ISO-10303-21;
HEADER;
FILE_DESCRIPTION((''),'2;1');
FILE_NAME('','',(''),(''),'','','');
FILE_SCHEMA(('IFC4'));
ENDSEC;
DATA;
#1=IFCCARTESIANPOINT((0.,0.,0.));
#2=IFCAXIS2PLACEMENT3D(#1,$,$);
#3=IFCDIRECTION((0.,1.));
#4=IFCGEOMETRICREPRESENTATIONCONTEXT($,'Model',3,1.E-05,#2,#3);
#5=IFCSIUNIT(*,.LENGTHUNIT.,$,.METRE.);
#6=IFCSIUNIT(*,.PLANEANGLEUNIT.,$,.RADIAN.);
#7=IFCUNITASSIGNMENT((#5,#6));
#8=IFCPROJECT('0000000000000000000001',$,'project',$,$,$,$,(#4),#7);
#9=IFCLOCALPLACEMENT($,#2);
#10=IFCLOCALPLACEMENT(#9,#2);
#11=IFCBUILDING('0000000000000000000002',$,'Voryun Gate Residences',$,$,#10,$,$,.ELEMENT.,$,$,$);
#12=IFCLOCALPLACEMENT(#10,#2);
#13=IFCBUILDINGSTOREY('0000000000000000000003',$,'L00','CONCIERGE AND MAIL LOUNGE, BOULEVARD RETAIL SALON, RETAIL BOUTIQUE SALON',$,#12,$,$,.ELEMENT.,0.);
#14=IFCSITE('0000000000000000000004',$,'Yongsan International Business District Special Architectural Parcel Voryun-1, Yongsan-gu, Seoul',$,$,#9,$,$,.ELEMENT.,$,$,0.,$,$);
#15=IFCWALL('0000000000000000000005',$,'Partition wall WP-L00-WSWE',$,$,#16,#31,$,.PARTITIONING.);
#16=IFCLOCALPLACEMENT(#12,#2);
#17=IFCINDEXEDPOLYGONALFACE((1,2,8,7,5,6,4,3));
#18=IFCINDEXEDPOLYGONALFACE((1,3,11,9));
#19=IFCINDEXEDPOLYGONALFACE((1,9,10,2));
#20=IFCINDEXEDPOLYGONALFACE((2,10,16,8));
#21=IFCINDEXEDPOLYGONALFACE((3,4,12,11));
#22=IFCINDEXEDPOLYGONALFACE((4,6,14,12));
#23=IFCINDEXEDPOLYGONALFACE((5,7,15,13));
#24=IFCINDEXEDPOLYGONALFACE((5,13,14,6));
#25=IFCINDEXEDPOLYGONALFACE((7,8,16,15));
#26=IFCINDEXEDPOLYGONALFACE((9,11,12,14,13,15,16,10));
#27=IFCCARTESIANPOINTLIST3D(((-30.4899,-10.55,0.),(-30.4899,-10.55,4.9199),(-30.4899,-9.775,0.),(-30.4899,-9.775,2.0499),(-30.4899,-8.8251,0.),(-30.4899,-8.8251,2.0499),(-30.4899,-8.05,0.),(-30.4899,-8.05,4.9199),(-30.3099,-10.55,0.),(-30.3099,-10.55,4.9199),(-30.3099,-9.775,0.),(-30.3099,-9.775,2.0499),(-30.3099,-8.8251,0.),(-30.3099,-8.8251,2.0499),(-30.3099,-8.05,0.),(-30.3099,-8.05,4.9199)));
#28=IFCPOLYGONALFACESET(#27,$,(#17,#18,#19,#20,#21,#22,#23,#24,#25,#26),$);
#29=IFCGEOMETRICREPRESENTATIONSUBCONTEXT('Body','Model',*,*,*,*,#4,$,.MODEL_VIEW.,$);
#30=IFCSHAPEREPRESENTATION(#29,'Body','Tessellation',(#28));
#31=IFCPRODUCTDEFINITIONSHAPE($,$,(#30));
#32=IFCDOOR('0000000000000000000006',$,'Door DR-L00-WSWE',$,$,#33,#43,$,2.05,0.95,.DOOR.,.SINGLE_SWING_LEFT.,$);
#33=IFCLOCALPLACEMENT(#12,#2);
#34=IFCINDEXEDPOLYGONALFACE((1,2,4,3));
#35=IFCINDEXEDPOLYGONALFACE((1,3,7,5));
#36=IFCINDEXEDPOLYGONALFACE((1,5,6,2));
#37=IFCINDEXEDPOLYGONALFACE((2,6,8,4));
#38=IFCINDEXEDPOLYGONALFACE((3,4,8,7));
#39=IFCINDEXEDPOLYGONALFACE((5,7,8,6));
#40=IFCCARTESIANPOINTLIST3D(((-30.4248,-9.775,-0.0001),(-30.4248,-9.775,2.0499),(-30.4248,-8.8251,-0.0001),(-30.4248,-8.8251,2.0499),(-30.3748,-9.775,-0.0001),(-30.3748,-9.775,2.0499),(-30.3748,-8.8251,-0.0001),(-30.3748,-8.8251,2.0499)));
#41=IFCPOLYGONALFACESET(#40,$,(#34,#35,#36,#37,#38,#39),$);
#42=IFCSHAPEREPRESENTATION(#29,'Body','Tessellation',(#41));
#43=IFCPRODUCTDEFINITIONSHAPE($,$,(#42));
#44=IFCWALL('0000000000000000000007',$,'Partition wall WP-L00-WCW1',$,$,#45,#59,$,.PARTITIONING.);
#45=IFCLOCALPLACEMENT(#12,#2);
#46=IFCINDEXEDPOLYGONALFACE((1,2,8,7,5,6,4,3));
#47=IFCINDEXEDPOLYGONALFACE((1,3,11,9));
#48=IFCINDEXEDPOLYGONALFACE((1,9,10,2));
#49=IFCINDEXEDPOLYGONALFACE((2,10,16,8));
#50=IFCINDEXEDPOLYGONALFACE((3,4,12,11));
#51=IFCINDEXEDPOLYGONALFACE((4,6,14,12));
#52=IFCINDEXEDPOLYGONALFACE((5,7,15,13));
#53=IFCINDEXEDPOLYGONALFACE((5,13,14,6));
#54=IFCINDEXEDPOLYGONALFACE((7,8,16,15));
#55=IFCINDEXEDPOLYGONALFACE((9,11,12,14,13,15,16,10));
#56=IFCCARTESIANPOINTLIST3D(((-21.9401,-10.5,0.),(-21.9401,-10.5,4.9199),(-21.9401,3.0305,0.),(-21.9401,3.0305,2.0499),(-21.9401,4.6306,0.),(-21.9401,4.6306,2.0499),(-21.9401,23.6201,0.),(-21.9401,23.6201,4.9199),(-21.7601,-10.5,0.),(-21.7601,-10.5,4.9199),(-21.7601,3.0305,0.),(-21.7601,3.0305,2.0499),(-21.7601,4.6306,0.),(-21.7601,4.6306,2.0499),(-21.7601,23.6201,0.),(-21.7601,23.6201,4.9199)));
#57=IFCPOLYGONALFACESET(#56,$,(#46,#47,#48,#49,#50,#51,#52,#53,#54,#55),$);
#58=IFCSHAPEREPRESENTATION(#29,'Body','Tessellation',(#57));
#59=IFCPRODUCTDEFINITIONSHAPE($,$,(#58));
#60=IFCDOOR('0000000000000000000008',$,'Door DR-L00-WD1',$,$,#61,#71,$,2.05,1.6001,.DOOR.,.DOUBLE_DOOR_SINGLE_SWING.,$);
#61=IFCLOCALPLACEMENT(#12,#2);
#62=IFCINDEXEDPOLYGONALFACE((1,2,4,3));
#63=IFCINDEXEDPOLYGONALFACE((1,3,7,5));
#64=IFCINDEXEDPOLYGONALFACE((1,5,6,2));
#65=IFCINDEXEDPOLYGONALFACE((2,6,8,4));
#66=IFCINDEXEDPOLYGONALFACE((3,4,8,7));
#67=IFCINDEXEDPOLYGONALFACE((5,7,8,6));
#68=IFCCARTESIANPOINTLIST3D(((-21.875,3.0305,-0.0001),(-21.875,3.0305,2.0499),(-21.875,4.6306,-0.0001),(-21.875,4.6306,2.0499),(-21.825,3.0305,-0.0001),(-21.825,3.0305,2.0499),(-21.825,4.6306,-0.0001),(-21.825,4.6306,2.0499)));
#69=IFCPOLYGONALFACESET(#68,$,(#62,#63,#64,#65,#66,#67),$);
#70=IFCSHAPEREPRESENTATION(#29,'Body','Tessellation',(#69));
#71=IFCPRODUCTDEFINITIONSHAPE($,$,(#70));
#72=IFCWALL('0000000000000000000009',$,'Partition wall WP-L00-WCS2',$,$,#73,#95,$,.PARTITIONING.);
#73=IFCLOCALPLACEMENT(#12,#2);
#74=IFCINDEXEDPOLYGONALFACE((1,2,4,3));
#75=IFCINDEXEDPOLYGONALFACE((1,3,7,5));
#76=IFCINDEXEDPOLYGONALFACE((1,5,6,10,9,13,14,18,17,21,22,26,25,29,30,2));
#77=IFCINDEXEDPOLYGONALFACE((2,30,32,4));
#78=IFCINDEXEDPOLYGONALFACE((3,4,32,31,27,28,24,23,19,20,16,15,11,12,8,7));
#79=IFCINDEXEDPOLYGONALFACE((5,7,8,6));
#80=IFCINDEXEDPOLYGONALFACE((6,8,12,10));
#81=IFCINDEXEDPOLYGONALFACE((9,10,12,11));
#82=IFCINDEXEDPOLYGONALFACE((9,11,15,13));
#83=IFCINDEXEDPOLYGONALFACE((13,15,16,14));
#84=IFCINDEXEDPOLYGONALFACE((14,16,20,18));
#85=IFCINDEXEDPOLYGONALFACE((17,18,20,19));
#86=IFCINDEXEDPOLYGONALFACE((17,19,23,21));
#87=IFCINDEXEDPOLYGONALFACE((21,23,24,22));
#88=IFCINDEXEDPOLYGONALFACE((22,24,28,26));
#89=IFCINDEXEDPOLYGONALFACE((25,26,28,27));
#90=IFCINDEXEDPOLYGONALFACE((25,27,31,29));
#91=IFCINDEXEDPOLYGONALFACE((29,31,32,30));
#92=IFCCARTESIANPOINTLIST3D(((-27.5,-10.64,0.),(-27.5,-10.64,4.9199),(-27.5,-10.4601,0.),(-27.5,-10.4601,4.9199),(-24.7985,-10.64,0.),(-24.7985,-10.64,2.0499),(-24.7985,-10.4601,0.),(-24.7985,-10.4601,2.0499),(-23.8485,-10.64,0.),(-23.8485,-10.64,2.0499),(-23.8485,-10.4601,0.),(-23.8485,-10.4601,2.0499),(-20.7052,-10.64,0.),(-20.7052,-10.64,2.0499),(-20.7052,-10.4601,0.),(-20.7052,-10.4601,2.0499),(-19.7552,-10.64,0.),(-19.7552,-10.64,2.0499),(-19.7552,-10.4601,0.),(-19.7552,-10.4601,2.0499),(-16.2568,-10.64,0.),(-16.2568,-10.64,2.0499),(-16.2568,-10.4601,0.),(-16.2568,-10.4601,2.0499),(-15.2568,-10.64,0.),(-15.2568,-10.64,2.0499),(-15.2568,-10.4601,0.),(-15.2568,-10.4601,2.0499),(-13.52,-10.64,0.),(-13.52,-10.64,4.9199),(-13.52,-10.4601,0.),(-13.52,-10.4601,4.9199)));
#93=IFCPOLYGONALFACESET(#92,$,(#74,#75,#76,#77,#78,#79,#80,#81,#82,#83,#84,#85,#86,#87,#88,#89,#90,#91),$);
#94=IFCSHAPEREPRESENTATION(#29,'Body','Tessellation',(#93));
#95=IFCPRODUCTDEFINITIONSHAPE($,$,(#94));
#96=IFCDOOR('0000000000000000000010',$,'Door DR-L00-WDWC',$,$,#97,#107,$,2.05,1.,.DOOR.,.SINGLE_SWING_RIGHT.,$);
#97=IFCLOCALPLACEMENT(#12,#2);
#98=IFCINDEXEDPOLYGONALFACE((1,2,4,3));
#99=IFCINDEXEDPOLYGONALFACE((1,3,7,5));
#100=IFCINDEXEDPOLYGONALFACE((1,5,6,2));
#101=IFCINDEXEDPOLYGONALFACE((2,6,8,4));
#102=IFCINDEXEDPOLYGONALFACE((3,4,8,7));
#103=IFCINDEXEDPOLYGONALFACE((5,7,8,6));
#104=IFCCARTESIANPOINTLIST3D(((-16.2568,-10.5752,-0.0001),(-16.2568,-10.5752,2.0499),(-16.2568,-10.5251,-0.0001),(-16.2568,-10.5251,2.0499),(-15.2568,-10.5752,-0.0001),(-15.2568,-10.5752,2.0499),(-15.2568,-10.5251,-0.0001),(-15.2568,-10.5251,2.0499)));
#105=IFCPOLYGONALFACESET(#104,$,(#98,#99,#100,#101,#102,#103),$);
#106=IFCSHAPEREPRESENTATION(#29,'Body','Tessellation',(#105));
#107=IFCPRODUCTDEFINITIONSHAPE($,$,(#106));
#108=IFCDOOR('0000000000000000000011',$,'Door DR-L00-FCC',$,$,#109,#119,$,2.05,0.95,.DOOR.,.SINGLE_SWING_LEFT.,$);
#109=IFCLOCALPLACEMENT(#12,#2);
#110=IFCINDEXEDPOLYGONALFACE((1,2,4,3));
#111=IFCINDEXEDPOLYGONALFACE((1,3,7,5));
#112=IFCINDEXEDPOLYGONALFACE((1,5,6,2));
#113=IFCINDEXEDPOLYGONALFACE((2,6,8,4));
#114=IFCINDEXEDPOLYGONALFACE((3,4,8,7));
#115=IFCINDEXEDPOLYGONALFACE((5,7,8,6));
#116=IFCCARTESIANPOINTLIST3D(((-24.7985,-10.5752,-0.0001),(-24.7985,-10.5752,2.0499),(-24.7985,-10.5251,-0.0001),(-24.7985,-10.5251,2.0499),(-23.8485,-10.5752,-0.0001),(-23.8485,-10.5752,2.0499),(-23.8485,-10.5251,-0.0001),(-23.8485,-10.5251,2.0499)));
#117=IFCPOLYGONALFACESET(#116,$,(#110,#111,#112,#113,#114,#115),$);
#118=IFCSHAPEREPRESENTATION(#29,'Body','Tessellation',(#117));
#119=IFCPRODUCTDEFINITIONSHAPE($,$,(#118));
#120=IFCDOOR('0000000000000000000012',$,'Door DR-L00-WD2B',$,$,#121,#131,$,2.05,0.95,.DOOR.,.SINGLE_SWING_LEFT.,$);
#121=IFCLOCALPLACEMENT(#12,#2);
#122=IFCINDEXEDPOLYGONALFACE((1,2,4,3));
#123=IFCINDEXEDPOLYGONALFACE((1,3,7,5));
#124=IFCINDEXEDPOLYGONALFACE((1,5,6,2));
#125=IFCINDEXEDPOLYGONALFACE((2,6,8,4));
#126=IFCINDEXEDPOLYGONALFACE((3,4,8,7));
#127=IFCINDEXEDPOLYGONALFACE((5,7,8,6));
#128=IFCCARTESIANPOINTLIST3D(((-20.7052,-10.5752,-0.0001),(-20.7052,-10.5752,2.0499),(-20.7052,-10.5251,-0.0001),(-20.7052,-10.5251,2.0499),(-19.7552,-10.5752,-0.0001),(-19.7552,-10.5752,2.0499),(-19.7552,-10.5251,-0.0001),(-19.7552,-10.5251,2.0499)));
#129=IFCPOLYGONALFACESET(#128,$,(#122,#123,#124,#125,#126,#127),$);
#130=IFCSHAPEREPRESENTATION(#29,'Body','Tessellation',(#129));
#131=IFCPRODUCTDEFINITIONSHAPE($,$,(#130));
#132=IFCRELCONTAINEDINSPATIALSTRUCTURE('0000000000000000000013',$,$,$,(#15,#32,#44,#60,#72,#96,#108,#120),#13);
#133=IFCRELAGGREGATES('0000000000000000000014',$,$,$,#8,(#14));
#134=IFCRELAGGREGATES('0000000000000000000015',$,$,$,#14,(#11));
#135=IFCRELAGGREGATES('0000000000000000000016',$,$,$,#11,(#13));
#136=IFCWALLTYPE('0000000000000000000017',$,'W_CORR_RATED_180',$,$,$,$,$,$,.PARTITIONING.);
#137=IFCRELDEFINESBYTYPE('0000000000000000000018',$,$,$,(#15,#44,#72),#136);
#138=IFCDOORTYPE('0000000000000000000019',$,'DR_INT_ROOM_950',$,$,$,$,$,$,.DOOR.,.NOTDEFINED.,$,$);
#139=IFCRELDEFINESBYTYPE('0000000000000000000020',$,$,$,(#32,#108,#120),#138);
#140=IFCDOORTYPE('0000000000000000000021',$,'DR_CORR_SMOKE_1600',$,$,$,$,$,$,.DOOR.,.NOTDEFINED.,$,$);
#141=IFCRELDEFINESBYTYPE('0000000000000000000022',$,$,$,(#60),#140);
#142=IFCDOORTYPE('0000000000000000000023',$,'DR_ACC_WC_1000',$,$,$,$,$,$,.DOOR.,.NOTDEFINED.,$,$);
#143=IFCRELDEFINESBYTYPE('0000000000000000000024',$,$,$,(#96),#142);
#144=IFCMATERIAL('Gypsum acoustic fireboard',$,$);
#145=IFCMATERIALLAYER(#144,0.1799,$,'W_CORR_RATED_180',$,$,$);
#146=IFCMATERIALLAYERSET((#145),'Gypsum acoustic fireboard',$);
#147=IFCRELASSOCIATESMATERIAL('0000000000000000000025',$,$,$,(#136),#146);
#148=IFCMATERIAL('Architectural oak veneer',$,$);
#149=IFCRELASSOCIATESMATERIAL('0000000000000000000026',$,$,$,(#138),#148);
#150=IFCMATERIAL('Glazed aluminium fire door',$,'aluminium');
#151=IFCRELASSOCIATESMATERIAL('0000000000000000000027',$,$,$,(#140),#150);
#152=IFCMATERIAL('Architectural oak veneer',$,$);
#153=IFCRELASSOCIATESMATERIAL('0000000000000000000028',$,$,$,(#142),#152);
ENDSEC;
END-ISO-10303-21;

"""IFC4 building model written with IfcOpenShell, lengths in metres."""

from ifc_helpers import new_model, si_unit, direction, frame, frame_2d, origin, place, context, subcontext, project, spatial, rectangle, extrude, material, layer, layer_set, type_object, element, fill, save


model = new_model("IFC4")

# Units and contexts
model_context = context("Model", 3, precision=1e-05, world=origin(), true_north=direction((0.0, 1.0)))
body_context = subcontext(model_context, "Body", "Model", "MODEL_VIEW")
ifc_project = project(units=[si_unit("LENGTHUNIT", "METRE"), si_unit("PLANEANGLEUNIT", "RADIAN")], contexts=[model_context])

# Site, building, storey
site_placement = place(None, origin())
site = spatial("IfcSite", under=ifc_project, at=site_placement, Name="Yongsan International Business District Special Architectural Parcel Voryun-1, Yongsan-gu, Seoul", CompositionType="ELEMENT", RefElevation=0.0)
building_placement = place(site_placement, origin())
building = spatial("IfcBuilding", under=site, at=building_placement, Name="Voryun Gate Residences", CompositionType="ELEMENT")
storey_placement = place(building_placement, origin())
storey = spatial("IfcBuildingStorey", under=building, at=storey_placement, Name="L00", Description="CONCIERGE AND MAIL LOUNGE, BOULEVARD RETAIL SALON, RETAIL BOUTIQUE SALON", CompositionType="ELEMENT", Elevation=0.0)

# Shared definitions
ifc_material_1 = material(Name="Gypsum acoustic fireboard")
ifc_layer_1 = layer(ifc_material_1, 0.1799, Name="W_CORR_RATED_180")
ifc_layer_set_1 = layer_set([ifc_layer_1], Name="Gypsum acoustic fireboard")
wall_type_1 = type_object("IfcWallType", Name="W_CORR_RATED_180", PredefinedType="PARTITIONING", material=ifc_layer_set_1)

# Walls, openings, doors
wall_1_placement = place(storey_placement, frame((-30.3999, -10.55, 0.0), z_axis=(0.0, 0.0, 1.0), x_axis=(0.0, 1.0, 0.0)))
wall_1 = element("IfcWall", 1, at=wall_1_placement, inside=storey, type_object=wall_type_1, Name="Partition wall WP-L00-WSWE", PredefinedType="PARTITIONING", context=body_context, shape_type="SweptSolid", body=[
    extrude(rectangle(XDim=2.5, YDim=0.1799, at=frame_2d((1.25, 0.0))), origin(), (0.0, 0.0, 1.0), 4.9199),
])
opening_1_placement = place(wall_1_placement, frame((0.7749, 0.0, 0.0)))
opening_1 = element("IfcOpeningElement", 2, at=opening_1_placement, cuts=wall_1, PredefinedType="OPENING", context=body_context, shape_type="SweptSolid", body=[
    extrude(rectangle(XDim=0.95, YDim=2.05, at=frame_2d((0.4751, 1.0249))), frame((0.0, 0.0999, 0.0), z_axis=(0.0, -1.0, 0.0), x_axis=(1.0, 0.0, 0.0)), (0.0, 0.0, 1.0), 0.2),
])
ifc_material_2 = material(Name="Architectural oak veneer")
door_type_1 = type_object("IfcDoorType", Name="DR_INT_ROOM_950", OperationType="NOTDEFINED", PredefinedType="DOOR", material=ifc_material_2)
door_1_placement = place(opening_1_placement, origin())
door_1 = element("IfcDoor", 3, at=door_1_placement, inside=storey, type_object=door_type_1, Name="Door DR-L00-WSWE", OperationType="SINGLE_SWING_LEFT", OverallHeight=2.05, OverallWidth=0.95, PredefinedType="DOOR", context=body_context, shape_type="SweptSolid", body=[
    extrude(rectangle(XDim=0.95, YDim=2.05, at=frame_2d((0.4751, 1.0249))), frame((0.0, 0.0249, 0.0), z_axis=(0.0, -1.0, 0.0), x_axis=(1.0, 0.0, 0.0)), (0.0, 0.0, 1.0), 0.05),
])
fill(opening_1, door_1)
wall_2_placement = place(storey_placement, frame((-21.8501, -10.5, 0.0), z_axis=(0.0, 0.0, 1.0), x_axis=(0.0, 1.0, 0.0)))
wall_2 = element("IfcWall", 4, at=wall_2_placement, inside=storey, type_object=wall_type_1, Name="Partition wall WP-L00-WCW1", PredefinedType="PARTITIONING", context=body_context, shape_type="SweptSolid", body=[
    extrude(rectangle(XDim=34.1201, YDim=0.1799, at=frame_2d((17.0601, 0.0))), origin(), (0.0, 0.0, 1.0), 4.9199),
])
opening_2_placement = place(wall_2_placement, frame((13.5305, 0.0, 0.0)))
opening_2 = element("IfcOpeningElement", 5, at=opening_2_placement, cuts=wall_2, PredefinedType="OPENING", context=body_context, shape_type="SweptSolid", body=[
    extrude(rectangle(XDim=1.6001, YDim=2.05, at=frame_2d((0.8, 1.0249))), frame((0.0, 0.0999, 0.0), z_axis=(0.0, -1.0, 0.0), x_axis=(1.0, 0.0, 0.0)), (0.0, 0.0, 1.0), 0.2),
])
ifc_material_3 = material(Name="Glazed aluminium fire door", Category="aluminium")
door_type_2 = type_object("IfcDoorType", Name="DR_CORR_SMOKE_1600", OperationType="NOTDEFINED", PredefinedType="DOOR", material=ifc_material_3)
door_2_placement = place(opening_2_placement, origin())
door_2 = element("IfcDoor", 6, at=door_2_placement, inside=storey, type_object=door_type_2, Name="Door DR-L00-WD1", OperationType="DOUBLE_DOOR_SINGLE_SWING", OverallHeight=2.05, OverallWidth=1.6001, PredefinedType="DOOR", context=body_context, shape_type="SweptSolid", body=[
    extrude(rectangle(XDim=1.6001, YDim=2.05, at=frame_2d((0.8, 1.0249))), frame((0.0, 0.0249, 0.0), z_axis=(0.0, -1.0, 0.0), x_axis=(1.0, 0.0, 0.0)), (0.0, 0.0, 1.0), 0.05),
])
fill(opening_2, door_2)

# Wall, openings, doors
wall_3_placement = place(storey_placement, frame((-27.5, -10.55, 0.0), z_axis=(0.0, 0.0, 1.0), x_axis=(1.0, 0.0, 0.0)))
wall_3 = element("IfcWall", 7, at=wall_3_placement, inside=storey, type_object=wall_type_1, Name="Partition wall WP-L00-WCS2", PredefinedType="PARTITIONING", context=body_context, shape_type="SweptSolid", body=[
    extrude(rectangle(XDim=13.98, YDim=0.1799, at=frame_2d((6.99, 0.0))), origin(), (0.0, 0.0, 1.0), 4.9199),
])
opening_3_placement = place(wall_3_placement, frame((2.7014, 0.0, 0.0)))
opening_3 = element("IfcOpeningElement", 8, at=opening_3_placement, cuts=wall_3, PredefinedType="OPENING", context=body_context, shape_type="SweptSolid", body=[
    extrude(rectangle(XDim=0.95, YDim=2.05, at=frame_2d((0.4751, 1.0249))), frame((0.0, 0.0999, 0.0), z_axis=(0.0, -1.0, 0.0), x_axis=(1.0, 0.0, 0.0)), (0.0, 0.0, 1.0), 0.2),
])
opening_4_placement = place(wall_3_placement, frame((6.7947, 0.0, 0.0)))
opening_4 = element("IfcOpeningElement", 9, at=opening_4_placement, cuts=wall_3, PredefinedType="OPENING", context=body_context, shape_type="SweptSolid", body=[
    extrude(rectangle(XDim=0.95, YDim=2.05, at=frame_2d((0.4751, 1.0249))), frame((0.0, 0.0999, 0.0), z_axis=(0.0, -1.0, 0.0), x_axis=(1.0, 0.0, 0.0)), (0.0, 0.0, 1.0), 0.2),
])
opening_5_placement = place(wall_3_placement, frame((11.2432, 0.0, 0.0)))
opening_5 = element("IfcOpeningElement", 10, at=opening_5_placement, cuts=wall_3, PredefinedType="OPENING", context=body_context, shape_type="SweptSolid", body=[
    extrude(rectangle(XDim=1.0, YDim=2.05, at=frame_2d((0.5, 1.0249))), frame((0.0, 0.0999, 0.0), z_axis=(0.0, -1.0, 0.0), x_axis=(1.0, 0.0, 0.0)), (0.0, 0.0, 1.0), 0.2),
])
ifc_material_4 = material(Name="Architectural oak veneer")
door_type_3 = type_object("IfcDoorType", Name="DR_ACC_WC_1000", OperationType="NOTDEFINED", PredefinedType="DOOR", material=ifc_material_4)
door_3_placement = place(opening_5_placement, origin())
door_3 = element("IfcDoor", 11, at=door_3_placement, inside=storey, type_object=door_type_3, Name="Door DR-L00-WDWC", OperationType="SINGLE_SWING_RIGHT", OverallHeight=2.05, OverallWidth=1.0, PredefinedType="DOOR", context=body_context, shape_type="SweptSolid", body=[
    extrude(rectangle(XDim=1.0, YDim=2.05, at=frame_2d((0.5, 1.0249))), frame((0.0, 0.0249, 0.0), z_axis=(0.0, -1.0, 0.0), x_axis=(1.0, 0.0, 0.0)), (0.0, 0.0, 1.0), 0.05),
])
fill(opening_5, door_3)
door_4_placement = place(opening_3_placement, origin())
door_4 = element("IfcDoor", 12, at=door_4_placement, inside=storey, type_object=door_type_1, Name="Door DR-L00-FCC", OperationType="SINGLE_SWING_LEFT", OverallHeight=2.05, OverallWidth=0.95, PredefinedType="DOOR", context=body_context, shape_type="SweptSolid", body=[
    extrude(rectangle(XDim=0.95, YDim=2.05, at=frame_2d((0.4751, 1.0249))), frame((0.0, 0.0249, 0.0), z_axis=(0.0, -1.0, 0.0), x_axis=(1.0, 0.0, 0.0)), (0.0, 0.0, 1.0), 0.05),
])
fill(opening_3, door_4)
door_5_placement = place(opening_4_placement, origin())
door_5 = element("IfcDoor", 13, at=door_5_placement, inside=storey, type_object=door_type_1, Name="Door DR-L00-WD2B", OperationType="SINGLE_SWING_LEFT", OverallHeight=2.05, OverallWidth=0.95, PredefinedType="DOOR", context=body_context, shape_type="SweptSolid", body=[
    extrude(rectangle(XDim=0.95, YDim=2.05, at=frame_2d((0.4751, 1.0249))), frame((0.0, 0.0249, 0.0), z_axis=(0.0, -1.0, 0.0), x_axis=(1.0, 0.0, 0.0)), (0.0, 0.0, 1.0), 0.05),
])
fill(opening_4, door_5)

save(model, "model.ifc")
